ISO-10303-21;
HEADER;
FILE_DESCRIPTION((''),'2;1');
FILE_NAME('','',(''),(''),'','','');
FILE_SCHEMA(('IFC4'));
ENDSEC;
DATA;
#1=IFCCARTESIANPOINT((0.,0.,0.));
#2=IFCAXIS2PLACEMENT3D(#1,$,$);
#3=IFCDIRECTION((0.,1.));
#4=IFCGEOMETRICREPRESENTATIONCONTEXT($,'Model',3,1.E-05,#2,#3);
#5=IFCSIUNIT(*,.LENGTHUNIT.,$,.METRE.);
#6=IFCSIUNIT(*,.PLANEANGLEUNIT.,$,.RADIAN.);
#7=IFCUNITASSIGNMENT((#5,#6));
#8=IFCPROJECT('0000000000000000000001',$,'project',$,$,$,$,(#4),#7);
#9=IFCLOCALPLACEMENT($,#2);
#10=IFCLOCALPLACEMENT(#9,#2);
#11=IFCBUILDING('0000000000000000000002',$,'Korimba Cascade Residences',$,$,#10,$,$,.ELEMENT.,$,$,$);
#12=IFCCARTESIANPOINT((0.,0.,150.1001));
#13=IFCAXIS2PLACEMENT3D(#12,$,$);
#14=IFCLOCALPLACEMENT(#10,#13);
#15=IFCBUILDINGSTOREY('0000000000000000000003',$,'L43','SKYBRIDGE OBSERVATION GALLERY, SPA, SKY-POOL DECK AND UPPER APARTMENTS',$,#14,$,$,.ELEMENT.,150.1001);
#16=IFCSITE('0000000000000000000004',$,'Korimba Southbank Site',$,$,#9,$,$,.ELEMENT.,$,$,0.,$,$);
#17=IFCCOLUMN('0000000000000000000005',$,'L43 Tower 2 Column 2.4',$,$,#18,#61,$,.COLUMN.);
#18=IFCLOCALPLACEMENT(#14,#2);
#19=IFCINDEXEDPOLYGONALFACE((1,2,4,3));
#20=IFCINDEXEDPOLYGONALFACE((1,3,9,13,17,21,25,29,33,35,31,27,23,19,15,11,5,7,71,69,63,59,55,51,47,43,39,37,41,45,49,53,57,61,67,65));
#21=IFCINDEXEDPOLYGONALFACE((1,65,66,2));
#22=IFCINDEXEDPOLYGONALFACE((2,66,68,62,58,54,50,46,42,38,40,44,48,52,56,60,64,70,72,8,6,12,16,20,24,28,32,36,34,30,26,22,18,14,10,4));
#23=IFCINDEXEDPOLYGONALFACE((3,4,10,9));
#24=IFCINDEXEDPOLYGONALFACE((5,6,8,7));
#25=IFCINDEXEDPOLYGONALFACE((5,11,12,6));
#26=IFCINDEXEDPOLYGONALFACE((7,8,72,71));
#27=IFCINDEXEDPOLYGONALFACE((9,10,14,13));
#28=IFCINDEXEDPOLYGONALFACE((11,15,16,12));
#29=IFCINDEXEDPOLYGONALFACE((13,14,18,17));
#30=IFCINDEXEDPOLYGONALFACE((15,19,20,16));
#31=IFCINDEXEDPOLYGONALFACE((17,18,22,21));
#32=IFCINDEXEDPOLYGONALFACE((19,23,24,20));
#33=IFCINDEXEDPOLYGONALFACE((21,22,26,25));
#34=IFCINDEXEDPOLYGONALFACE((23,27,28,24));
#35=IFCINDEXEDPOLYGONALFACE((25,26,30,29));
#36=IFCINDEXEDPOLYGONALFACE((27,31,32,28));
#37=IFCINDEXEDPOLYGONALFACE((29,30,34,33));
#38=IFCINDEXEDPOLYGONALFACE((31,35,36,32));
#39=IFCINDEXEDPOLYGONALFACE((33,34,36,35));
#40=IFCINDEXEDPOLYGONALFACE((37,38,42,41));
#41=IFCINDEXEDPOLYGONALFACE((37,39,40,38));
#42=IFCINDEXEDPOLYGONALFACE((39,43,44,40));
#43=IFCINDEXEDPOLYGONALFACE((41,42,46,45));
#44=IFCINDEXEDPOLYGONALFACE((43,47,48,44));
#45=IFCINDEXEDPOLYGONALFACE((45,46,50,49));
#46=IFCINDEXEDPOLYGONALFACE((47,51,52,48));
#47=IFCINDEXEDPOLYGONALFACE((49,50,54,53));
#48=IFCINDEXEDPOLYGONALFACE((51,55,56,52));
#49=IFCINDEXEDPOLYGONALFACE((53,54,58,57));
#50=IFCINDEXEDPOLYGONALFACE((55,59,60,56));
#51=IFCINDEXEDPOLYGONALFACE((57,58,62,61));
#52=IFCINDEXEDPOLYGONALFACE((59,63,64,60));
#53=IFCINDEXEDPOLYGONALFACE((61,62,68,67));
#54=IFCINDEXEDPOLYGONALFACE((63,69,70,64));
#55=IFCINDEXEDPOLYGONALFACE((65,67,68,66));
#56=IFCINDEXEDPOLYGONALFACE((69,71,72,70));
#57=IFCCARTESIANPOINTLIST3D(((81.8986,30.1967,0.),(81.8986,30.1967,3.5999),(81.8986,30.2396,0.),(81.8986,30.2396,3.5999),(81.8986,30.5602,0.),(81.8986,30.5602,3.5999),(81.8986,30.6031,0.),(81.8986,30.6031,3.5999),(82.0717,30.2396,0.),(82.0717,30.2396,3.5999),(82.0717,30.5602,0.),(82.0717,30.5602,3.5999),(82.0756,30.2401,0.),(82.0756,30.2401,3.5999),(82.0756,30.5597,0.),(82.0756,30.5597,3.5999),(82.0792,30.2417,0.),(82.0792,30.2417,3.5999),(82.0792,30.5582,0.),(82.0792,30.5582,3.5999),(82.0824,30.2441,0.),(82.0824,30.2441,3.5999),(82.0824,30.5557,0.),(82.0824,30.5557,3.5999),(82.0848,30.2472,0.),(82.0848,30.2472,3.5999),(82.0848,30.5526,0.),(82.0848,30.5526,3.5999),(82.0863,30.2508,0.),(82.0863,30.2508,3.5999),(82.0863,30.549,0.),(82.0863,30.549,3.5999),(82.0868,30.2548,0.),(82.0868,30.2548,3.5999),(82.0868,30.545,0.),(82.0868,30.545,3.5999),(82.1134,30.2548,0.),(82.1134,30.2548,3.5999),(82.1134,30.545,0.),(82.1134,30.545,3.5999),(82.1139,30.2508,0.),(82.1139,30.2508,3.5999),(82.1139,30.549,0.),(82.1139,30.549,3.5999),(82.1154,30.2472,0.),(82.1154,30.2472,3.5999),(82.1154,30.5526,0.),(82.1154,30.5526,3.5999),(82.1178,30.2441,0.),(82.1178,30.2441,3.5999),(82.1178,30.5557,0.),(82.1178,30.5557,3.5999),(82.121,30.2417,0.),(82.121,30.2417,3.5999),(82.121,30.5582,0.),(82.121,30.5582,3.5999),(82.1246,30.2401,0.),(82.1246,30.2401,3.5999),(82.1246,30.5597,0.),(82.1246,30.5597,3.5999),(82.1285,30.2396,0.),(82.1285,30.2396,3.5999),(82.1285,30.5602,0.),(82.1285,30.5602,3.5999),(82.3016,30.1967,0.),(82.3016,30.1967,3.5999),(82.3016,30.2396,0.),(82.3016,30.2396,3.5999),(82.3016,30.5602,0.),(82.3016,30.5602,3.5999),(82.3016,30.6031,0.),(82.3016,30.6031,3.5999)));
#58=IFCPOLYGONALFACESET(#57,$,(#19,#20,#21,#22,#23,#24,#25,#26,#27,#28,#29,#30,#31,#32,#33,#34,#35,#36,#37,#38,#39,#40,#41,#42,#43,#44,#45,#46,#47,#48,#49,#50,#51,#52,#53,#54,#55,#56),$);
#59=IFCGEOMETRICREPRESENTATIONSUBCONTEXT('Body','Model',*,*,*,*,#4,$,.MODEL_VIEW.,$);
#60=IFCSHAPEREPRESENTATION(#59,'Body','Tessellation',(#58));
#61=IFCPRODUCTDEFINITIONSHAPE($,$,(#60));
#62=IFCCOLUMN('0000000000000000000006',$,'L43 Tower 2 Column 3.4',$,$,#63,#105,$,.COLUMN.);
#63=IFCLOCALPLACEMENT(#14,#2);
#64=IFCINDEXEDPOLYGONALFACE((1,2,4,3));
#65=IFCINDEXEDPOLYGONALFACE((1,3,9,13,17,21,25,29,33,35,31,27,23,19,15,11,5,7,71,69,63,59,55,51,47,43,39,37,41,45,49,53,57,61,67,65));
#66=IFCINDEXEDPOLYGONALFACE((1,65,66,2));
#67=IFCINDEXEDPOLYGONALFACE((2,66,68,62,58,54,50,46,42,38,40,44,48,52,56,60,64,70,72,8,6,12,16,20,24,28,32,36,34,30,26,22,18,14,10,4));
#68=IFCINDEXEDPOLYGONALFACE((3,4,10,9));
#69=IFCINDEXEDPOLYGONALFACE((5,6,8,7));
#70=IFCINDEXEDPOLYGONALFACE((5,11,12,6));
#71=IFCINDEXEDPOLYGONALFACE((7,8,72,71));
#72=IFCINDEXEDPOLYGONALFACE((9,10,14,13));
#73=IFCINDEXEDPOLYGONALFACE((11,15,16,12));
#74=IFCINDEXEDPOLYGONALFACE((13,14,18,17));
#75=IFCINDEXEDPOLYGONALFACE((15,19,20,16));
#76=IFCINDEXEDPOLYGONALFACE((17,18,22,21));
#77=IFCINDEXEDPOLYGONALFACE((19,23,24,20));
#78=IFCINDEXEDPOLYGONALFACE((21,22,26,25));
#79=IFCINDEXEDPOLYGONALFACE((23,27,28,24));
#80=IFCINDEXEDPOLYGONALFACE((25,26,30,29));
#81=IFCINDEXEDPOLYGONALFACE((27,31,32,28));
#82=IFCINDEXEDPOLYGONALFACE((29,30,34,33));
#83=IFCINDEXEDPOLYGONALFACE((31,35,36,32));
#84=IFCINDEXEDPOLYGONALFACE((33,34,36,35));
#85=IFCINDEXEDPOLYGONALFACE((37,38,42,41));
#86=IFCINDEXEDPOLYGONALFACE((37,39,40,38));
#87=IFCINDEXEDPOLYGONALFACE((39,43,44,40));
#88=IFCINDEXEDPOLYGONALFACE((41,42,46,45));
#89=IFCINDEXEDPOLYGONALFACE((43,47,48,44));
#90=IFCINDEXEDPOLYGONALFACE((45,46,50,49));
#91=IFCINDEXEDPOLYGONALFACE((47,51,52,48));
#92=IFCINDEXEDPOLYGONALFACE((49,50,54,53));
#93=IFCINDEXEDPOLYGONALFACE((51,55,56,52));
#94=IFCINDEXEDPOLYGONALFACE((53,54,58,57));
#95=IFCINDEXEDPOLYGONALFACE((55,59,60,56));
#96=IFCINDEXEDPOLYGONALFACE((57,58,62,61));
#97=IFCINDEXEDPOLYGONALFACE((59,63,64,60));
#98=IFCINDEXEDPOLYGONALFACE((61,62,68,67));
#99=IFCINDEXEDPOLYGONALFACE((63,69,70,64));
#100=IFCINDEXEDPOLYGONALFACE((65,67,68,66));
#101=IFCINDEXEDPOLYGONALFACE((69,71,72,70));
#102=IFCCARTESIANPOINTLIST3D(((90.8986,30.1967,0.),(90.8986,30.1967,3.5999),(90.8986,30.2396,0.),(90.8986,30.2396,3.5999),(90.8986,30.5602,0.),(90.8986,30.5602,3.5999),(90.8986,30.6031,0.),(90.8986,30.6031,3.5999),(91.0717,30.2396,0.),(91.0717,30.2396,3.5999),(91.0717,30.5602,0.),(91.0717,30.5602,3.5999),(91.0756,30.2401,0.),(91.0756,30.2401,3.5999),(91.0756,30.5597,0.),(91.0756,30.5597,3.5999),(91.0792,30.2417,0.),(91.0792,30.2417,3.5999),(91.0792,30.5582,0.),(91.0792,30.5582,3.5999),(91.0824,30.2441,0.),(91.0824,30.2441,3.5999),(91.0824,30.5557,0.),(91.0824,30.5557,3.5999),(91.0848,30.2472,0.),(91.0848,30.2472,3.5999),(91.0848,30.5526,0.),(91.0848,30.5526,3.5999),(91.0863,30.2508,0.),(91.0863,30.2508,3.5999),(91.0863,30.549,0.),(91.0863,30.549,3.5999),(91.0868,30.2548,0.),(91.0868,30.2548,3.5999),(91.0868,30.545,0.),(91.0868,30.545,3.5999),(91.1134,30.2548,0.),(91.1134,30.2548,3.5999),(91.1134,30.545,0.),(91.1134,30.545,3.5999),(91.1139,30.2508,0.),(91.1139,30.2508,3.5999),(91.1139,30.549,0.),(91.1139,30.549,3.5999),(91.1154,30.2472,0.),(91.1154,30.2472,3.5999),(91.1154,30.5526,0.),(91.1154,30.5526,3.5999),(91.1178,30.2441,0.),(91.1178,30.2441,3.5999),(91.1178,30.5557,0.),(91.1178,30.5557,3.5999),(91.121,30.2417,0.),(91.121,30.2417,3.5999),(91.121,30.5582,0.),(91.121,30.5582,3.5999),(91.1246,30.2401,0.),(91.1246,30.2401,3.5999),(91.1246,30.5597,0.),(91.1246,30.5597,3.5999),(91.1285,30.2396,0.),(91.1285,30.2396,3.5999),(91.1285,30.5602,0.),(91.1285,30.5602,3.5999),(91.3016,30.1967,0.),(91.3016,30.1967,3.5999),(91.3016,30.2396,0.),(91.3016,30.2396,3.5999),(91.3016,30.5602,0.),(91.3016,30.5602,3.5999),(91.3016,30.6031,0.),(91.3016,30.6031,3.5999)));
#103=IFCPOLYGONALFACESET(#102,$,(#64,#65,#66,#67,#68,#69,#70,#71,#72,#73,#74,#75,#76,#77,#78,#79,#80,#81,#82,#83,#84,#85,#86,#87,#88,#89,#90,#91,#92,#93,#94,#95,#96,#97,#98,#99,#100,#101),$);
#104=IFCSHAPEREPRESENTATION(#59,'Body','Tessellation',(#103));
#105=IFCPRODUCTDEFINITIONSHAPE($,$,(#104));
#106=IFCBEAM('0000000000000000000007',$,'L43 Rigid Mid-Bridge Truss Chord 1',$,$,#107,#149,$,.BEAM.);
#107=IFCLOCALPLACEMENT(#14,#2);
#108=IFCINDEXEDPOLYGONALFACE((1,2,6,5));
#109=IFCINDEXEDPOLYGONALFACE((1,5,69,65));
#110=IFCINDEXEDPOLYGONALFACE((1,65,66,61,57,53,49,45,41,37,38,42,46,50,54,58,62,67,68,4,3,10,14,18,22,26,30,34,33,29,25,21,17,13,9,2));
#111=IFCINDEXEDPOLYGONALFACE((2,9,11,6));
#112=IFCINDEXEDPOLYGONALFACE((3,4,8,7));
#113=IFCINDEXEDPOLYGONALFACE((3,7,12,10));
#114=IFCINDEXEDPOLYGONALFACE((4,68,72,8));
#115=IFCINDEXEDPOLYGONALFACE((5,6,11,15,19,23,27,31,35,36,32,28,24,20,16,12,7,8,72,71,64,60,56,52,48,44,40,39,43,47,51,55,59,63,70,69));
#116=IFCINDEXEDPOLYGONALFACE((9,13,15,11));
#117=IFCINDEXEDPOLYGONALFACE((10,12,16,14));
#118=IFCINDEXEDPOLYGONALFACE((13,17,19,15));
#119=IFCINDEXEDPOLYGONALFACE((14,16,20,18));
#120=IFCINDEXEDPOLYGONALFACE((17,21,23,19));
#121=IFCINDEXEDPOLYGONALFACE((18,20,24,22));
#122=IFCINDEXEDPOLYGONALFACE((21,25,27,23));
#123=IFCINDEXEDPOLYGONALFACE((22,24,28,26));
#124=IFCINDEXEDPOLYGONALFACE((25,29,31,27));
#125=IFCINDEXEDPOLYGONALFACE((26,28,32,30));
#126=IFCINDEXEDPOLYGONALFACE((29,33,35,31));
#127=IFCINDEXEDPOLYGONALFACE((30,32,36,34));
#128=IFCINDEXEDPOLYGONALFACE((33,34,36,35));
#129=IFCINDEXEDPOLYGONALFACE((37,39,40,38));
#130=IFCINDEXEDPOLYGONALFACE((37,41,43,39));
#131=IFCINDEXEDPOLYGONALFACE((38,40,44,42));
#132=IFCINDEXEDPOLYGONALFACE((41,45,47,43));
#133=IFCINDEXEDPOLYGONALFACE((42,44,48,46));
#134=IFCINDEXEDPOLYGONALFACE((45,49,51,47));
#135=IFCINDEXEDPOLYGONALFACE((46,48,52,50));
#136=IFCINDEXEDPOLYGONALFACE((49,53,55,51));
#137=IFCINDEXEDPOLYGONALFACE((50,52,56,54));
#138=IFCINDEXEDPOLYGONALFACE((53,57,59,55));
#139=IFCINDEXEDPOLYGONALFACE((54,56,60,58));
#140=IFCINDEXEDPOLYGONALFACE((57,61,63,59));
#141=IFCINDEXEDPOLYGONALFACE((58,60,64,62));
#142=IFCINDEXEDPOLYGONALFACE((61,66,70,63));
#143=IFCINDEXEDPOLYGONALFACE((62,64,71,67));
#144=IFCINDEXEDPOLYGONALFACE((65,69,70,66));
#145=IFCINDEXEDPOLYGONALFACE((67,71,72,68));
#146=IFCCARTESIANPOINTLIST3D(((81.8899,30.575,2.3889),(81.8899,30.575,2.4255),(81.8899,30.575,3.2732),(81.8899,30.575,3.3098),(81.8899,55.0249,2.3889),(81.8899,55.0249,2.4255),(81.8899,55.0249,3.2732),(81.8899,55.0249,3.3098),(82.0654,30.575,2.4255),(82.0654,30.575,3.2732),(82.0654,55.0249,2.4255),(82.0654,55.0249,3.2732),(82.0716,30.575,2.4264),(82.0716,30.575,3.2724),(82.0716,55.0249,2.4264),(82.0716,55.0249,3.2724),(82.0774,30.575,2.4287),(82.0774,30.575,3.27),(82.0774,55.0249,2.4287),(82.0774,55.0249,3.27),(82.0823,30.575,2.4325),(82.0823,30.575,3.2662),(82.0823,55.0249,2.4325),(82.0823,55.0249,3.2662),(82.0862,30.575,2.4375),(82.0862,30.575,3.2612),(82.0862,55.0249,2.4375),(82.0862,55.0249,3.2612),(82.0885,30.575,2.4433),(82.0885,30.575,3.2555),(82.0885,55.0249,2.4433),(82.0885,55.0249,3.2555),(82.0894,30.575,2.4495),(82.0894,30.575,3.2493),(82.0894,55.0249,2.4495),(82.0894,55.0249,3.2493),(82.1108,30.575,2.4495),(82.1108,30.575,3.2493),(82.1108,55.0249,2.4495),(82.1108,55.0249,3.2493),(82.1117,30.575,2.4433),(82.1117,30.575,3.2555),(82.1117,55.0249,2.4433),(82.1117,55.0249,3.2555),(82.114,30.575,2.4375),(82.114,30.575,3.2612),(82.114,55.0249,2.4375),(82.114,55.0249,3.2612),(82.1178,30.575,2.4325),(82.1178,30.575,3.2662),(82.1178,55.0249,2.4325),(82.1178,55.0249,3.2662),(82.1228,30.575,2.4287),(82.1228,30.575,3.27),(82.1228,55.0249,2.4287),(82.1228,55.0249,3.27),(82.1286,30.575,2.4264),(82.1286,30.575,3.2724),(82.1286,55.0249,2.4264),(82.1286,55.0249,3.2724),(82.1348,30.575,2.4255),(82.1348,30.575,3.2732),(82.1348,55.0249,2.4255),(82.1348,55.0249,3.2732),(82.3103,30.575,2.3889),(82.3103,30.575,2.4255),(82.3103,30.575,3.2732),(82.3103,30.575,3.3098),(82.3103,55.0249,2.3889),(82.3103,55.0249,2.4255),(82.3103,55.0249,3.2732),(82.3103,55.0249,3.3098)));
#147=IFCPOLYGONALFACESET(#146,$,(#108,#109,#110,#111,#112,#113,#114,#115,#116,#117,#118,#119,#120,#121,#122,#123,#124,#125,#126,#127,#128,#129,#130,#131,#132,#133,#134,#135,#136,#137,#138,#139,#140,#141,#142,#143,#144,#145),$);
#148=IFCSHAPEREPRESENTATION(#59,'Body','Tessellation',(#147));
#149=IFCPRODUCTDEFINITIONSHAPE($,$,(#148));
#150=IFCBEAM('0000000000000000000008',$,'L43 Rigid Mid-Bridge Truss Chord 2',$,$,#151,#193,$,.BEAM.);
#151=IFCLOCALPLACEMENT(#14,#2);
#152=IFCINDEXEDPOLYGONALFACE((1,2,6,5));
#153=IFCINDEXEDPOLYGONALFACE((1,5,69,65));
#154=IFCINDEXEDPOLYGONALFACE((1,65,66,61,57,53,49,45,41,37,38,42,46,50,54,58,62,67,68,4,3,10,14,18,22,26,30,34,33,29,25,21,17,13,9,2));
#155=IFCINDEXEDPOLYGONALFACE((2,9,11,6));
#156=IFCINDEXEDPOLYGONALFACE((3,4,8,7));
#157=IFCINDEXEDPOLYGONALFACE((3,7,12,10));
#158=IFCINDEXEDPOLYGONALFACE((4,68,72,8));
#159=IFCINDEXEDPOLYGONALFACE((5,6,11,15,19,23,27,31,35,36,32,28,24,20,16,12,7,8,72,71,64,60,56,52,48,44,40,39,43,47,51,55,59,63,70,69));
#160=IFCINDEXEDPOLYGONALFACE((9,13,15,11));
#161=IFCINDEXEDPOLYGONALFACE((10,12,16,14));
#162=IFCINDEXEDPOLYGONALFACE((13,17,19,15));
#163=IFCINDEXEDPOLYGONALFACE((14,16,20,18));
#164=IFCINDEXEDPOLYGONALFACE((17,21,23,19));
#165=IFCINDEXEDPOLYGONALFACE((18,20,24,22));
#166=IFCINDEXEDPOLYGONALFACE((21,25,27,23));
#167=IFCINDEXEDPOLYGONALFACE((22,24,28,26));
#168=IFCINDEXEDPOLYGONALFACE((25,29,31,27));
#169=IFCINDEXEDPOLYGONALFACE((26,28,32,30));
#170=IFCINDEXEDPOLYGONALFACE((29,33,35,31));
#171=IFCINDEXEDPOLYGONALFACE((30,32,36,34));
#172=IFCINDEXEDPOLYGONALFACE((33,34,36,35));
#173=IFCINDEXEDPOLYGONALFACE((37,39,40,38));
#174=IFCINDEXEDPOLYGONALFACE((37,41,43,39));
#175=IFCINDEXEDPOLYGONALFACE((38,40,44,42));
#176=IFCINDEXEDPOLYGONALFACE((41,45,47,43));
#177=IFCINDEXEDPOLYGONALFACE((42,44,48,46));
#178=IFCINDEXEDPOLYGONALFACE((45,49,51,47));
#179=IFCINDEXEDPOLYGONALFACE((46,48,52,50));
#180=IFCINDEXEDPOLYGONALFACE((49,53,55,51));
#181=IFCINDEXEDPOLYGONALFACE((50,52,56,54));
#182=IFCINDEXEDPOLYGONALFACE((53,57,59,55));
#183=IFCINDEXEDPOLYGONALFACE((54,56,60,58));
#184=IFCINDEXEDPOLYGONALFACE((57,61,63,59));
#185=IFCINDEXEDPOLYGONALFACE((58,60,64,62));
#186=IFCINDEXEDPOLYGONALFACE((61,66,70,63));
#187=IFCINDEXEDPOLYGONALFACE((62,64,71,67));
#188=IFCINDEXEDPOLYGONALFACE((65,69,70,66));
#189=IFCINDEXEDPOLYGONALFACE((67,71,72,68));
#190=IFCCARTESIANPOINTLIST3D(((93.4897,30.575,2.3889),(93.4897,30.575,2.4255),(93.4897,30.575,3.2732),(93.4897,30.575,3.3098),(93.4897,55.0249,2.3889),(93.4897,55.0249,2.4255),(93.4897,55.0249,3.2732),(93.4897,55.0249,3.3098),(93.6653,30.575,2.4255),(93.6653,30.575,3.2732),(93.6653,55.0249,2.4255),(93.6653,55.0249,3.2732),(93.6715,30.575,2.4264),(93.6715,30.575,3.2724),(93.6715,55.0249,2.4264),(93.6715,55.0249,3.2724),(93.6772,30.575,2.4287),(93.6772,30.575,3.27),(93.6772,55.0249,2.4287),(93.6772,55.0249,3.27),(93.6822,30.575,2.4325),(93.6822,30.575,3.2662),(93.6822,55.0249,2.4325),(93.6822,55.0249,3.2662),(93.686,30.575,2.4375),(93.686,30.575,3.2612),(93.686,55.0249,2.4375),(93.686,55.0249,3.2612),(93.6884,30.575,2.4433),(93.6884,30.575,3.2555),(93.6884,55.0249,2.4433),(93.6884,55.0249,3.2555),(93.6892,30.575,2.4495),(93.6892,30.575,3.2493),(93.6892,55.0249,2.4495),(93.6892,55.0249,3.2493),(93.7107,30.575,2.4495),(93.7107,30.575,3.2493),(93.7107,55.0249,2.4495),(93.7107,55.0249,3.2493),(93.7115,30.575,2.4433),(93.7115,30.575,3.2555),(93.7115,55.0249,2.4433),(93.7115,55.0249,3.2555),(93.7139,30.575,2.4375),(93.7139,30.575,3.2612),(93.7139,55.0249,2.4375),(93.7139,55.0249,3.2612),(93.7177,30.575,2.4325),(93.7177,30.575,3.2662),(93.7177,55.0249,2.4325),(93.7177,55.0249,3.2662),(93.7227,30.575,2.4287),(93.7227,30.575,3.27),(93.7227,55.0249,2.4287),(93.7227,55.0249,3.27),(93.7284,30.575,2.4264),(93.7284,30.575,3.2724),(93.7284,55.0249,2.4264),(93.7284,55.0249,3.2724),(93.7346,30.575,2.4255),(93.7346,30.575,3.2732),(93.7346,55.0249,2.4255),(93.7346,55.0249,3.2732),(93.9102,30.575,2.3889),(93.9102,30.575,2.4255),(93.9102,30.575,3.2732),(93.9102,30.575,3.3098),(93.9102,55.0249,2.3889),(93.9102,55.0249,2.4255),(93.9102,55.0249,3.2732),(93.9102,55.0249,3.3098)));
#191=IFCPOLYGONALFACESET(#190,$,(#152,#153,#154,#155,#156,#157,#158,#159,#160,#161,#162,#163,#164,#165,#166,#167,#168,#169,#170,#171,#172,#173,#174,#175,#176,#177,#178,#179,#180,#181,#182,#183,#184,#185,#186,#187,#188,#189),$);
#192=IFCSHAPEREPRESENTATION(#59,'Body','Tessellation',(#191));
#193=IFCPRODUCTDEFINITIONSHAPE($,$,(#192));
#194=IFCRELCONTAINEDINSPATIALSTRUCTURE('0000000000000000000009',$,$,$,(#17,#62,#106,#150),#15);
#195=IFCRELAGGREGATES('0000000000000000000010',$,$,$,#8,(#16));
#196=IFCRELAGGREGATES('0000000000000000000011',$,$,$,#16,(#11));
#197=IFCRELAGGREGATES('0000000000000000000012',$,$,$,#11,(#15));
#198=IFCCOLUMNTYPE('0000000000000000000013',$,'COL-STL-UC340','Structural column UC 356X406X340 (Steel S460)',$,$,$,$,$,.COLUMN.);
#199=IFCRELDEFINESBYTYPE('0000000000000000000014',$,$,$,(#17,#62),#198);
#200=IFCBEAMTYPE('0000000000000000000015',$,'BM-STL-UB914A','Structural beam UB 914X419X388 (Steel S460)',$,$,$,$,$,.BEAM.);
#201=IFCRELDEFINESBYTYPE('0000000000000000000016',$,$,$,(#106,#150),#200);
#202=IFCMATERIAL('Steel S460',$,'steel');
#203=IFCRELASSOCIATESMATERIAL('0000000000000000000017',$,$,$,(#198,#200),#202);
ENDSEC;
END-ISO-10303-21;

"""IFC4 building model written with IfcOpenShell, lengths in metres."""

from ifc_helpers import new_model, si_unit, direction, frame, origin, origin_2d, place, context, subcontext, project, spatial, i_section, extrude, material, material_profile, profile_set, type_object, element, save


model = new_model("IFC4")

# Units and contexts
model_context = context("Model", 3, precision=1e-05, world=origin(), true_north=direction((0.0, 1.0)))
body_context = subcontext(model_context, "Body", "Model", "MODEL_VIEW")
ifc_project = project(units=[si_unit("LENGTHUNIT", "METRE"), si_unit("PLANEANGLEUNIT", "RADIAN")], contexts=[model_context])

# Site, building, storey
site_placement = place(None, origin())
site = spatial("IfcSite", under=ifc_project, at=site_placement, Name="Korimba Southbank Site", CompositionType="ELEMENT", RefElevation=0.0)
building_placement = place(site_placement, origin())
building = spatial("IfcBuilding", under=site, at=building_placement, Name="Korimba Cascade Residences", CompositionType="ELEMENT")
storey_placement = place(building_placement, frame((0.0, 0.0, 150.1001)))
storey = spatial("IfcBuildingStorey", under=building, at=storey_placement, Name="L43", Description="SKYBRIDGE OBSERVATION GALLERY, SPA, SKY-POOL DECK AND UPPER APARTMENTS", CompositionType="ELEMENT", Elevation=150.1001)

# Columns
ifc_material_1 = material(Name="Steel S460", Category="steel")
ifc_material_profile_1 = material_profile(ifc_material_1, i_section(OverallWidth=0.4031, OverallDepth=0.4065, WebThickness=0.0266, FlangeThickness=0.043, FilletRadius=0.0151, at=origin_2d()), Name="Steel S460")
ifc_profile_set_1 = profile_set([ifc_material_profile_1], Name="Steel S460")
column_type = type_object("IfcColumnType", Name="COL-STL-UC340", Description="Structural column UC 356X406X340 (Steel S460)", PredefinedType="COLUMN", material=ifc_profile_set_1)
for number, where, z_axis, x_axis, name in (
    (1, (82.1001, 30.3999, 0.0), (0.0, 0.0, 1.0), (1.0, 0.0, 0.0), "L43 Tower 2 Column 2.4"),
    (2, (91.1001, 30.3999, 0.0), (0.0, 0.0, 1.0), (1.0, 0.0, 0.0), "L43 Tower 2 Column 3.4"),
):
    element("IfcColumn", number, at=place(storey_placement, frame(where, z_axis=z_axis, x_axis=x_axis)), inside=storey, type_object=column_type, Name=name, PredefinedType="COLUMN", context=body_context, shape_type="SweptSolid", body=[
        extrude(i_section(OverallWidth=0.4031, OverallDepth=0.4065, WebThickness=0.0266, FlangeThickness=0.043, FilletRadius=0.0151, at=origin_2d()), origin(), (0.0, 0.0, 1.0), 3.5999),
    ])

# Beams
ifc_material_profile_2 = material_profile(ifc_material_1, i_section(OverallWidth=0.4204, OverallDepth=0.9209, WebThickness=0.0215, FlangeThickness=0.0366, FilletRadius=0.0239, at=origin_2d()), Name="Steel S460")
ifc_profile_set_2 = profile_set([ifc_material_profile_2], Name="Steel S460")
beam_type = type_object("IfcBeamType", Name="BM-STL-UB914A", Description="Structural beam UB 914X419X388 (Steel S460)", PredefinedType="BEAM", material=ifc_profile_set_2)
for number, where, z_axis, x_axis, name in (
    (3, (82.1001, 30.575, 2.8494), (0.0, 1.0, 0.0), (-1.0, 0.0, 0.0), "L43 Rigid Mid-Bridge Truss Chord 1"),
    (4, (93.7, 30.575, 2.8494), (0.0, 1.0, 0.0), (-1.0, 0.0, 0.0), "L43 Rigid Mid-Bridge Truss Chord 2"),
):
    element("IfcBeam", number, at=place(storey_placement, frame(where, z_axis=z_axis, x_axis=x_axis)), inside=storey, type_object=beam_type, Name=name, PredefinedType="BEAM", context=body_context, shape_type="SweptSolid", body=[
        extrude(i_section(OverallWidth=0.4204, OverallDepth=0.9209, WebThickness=0.0215, FlangeThickness=0.0366, FilletRadius=0.0239, at=origin_2d()), origin(), (0.0, 0.0, 1.0), 24.45),
    ])

save(model, "model.ifc")
